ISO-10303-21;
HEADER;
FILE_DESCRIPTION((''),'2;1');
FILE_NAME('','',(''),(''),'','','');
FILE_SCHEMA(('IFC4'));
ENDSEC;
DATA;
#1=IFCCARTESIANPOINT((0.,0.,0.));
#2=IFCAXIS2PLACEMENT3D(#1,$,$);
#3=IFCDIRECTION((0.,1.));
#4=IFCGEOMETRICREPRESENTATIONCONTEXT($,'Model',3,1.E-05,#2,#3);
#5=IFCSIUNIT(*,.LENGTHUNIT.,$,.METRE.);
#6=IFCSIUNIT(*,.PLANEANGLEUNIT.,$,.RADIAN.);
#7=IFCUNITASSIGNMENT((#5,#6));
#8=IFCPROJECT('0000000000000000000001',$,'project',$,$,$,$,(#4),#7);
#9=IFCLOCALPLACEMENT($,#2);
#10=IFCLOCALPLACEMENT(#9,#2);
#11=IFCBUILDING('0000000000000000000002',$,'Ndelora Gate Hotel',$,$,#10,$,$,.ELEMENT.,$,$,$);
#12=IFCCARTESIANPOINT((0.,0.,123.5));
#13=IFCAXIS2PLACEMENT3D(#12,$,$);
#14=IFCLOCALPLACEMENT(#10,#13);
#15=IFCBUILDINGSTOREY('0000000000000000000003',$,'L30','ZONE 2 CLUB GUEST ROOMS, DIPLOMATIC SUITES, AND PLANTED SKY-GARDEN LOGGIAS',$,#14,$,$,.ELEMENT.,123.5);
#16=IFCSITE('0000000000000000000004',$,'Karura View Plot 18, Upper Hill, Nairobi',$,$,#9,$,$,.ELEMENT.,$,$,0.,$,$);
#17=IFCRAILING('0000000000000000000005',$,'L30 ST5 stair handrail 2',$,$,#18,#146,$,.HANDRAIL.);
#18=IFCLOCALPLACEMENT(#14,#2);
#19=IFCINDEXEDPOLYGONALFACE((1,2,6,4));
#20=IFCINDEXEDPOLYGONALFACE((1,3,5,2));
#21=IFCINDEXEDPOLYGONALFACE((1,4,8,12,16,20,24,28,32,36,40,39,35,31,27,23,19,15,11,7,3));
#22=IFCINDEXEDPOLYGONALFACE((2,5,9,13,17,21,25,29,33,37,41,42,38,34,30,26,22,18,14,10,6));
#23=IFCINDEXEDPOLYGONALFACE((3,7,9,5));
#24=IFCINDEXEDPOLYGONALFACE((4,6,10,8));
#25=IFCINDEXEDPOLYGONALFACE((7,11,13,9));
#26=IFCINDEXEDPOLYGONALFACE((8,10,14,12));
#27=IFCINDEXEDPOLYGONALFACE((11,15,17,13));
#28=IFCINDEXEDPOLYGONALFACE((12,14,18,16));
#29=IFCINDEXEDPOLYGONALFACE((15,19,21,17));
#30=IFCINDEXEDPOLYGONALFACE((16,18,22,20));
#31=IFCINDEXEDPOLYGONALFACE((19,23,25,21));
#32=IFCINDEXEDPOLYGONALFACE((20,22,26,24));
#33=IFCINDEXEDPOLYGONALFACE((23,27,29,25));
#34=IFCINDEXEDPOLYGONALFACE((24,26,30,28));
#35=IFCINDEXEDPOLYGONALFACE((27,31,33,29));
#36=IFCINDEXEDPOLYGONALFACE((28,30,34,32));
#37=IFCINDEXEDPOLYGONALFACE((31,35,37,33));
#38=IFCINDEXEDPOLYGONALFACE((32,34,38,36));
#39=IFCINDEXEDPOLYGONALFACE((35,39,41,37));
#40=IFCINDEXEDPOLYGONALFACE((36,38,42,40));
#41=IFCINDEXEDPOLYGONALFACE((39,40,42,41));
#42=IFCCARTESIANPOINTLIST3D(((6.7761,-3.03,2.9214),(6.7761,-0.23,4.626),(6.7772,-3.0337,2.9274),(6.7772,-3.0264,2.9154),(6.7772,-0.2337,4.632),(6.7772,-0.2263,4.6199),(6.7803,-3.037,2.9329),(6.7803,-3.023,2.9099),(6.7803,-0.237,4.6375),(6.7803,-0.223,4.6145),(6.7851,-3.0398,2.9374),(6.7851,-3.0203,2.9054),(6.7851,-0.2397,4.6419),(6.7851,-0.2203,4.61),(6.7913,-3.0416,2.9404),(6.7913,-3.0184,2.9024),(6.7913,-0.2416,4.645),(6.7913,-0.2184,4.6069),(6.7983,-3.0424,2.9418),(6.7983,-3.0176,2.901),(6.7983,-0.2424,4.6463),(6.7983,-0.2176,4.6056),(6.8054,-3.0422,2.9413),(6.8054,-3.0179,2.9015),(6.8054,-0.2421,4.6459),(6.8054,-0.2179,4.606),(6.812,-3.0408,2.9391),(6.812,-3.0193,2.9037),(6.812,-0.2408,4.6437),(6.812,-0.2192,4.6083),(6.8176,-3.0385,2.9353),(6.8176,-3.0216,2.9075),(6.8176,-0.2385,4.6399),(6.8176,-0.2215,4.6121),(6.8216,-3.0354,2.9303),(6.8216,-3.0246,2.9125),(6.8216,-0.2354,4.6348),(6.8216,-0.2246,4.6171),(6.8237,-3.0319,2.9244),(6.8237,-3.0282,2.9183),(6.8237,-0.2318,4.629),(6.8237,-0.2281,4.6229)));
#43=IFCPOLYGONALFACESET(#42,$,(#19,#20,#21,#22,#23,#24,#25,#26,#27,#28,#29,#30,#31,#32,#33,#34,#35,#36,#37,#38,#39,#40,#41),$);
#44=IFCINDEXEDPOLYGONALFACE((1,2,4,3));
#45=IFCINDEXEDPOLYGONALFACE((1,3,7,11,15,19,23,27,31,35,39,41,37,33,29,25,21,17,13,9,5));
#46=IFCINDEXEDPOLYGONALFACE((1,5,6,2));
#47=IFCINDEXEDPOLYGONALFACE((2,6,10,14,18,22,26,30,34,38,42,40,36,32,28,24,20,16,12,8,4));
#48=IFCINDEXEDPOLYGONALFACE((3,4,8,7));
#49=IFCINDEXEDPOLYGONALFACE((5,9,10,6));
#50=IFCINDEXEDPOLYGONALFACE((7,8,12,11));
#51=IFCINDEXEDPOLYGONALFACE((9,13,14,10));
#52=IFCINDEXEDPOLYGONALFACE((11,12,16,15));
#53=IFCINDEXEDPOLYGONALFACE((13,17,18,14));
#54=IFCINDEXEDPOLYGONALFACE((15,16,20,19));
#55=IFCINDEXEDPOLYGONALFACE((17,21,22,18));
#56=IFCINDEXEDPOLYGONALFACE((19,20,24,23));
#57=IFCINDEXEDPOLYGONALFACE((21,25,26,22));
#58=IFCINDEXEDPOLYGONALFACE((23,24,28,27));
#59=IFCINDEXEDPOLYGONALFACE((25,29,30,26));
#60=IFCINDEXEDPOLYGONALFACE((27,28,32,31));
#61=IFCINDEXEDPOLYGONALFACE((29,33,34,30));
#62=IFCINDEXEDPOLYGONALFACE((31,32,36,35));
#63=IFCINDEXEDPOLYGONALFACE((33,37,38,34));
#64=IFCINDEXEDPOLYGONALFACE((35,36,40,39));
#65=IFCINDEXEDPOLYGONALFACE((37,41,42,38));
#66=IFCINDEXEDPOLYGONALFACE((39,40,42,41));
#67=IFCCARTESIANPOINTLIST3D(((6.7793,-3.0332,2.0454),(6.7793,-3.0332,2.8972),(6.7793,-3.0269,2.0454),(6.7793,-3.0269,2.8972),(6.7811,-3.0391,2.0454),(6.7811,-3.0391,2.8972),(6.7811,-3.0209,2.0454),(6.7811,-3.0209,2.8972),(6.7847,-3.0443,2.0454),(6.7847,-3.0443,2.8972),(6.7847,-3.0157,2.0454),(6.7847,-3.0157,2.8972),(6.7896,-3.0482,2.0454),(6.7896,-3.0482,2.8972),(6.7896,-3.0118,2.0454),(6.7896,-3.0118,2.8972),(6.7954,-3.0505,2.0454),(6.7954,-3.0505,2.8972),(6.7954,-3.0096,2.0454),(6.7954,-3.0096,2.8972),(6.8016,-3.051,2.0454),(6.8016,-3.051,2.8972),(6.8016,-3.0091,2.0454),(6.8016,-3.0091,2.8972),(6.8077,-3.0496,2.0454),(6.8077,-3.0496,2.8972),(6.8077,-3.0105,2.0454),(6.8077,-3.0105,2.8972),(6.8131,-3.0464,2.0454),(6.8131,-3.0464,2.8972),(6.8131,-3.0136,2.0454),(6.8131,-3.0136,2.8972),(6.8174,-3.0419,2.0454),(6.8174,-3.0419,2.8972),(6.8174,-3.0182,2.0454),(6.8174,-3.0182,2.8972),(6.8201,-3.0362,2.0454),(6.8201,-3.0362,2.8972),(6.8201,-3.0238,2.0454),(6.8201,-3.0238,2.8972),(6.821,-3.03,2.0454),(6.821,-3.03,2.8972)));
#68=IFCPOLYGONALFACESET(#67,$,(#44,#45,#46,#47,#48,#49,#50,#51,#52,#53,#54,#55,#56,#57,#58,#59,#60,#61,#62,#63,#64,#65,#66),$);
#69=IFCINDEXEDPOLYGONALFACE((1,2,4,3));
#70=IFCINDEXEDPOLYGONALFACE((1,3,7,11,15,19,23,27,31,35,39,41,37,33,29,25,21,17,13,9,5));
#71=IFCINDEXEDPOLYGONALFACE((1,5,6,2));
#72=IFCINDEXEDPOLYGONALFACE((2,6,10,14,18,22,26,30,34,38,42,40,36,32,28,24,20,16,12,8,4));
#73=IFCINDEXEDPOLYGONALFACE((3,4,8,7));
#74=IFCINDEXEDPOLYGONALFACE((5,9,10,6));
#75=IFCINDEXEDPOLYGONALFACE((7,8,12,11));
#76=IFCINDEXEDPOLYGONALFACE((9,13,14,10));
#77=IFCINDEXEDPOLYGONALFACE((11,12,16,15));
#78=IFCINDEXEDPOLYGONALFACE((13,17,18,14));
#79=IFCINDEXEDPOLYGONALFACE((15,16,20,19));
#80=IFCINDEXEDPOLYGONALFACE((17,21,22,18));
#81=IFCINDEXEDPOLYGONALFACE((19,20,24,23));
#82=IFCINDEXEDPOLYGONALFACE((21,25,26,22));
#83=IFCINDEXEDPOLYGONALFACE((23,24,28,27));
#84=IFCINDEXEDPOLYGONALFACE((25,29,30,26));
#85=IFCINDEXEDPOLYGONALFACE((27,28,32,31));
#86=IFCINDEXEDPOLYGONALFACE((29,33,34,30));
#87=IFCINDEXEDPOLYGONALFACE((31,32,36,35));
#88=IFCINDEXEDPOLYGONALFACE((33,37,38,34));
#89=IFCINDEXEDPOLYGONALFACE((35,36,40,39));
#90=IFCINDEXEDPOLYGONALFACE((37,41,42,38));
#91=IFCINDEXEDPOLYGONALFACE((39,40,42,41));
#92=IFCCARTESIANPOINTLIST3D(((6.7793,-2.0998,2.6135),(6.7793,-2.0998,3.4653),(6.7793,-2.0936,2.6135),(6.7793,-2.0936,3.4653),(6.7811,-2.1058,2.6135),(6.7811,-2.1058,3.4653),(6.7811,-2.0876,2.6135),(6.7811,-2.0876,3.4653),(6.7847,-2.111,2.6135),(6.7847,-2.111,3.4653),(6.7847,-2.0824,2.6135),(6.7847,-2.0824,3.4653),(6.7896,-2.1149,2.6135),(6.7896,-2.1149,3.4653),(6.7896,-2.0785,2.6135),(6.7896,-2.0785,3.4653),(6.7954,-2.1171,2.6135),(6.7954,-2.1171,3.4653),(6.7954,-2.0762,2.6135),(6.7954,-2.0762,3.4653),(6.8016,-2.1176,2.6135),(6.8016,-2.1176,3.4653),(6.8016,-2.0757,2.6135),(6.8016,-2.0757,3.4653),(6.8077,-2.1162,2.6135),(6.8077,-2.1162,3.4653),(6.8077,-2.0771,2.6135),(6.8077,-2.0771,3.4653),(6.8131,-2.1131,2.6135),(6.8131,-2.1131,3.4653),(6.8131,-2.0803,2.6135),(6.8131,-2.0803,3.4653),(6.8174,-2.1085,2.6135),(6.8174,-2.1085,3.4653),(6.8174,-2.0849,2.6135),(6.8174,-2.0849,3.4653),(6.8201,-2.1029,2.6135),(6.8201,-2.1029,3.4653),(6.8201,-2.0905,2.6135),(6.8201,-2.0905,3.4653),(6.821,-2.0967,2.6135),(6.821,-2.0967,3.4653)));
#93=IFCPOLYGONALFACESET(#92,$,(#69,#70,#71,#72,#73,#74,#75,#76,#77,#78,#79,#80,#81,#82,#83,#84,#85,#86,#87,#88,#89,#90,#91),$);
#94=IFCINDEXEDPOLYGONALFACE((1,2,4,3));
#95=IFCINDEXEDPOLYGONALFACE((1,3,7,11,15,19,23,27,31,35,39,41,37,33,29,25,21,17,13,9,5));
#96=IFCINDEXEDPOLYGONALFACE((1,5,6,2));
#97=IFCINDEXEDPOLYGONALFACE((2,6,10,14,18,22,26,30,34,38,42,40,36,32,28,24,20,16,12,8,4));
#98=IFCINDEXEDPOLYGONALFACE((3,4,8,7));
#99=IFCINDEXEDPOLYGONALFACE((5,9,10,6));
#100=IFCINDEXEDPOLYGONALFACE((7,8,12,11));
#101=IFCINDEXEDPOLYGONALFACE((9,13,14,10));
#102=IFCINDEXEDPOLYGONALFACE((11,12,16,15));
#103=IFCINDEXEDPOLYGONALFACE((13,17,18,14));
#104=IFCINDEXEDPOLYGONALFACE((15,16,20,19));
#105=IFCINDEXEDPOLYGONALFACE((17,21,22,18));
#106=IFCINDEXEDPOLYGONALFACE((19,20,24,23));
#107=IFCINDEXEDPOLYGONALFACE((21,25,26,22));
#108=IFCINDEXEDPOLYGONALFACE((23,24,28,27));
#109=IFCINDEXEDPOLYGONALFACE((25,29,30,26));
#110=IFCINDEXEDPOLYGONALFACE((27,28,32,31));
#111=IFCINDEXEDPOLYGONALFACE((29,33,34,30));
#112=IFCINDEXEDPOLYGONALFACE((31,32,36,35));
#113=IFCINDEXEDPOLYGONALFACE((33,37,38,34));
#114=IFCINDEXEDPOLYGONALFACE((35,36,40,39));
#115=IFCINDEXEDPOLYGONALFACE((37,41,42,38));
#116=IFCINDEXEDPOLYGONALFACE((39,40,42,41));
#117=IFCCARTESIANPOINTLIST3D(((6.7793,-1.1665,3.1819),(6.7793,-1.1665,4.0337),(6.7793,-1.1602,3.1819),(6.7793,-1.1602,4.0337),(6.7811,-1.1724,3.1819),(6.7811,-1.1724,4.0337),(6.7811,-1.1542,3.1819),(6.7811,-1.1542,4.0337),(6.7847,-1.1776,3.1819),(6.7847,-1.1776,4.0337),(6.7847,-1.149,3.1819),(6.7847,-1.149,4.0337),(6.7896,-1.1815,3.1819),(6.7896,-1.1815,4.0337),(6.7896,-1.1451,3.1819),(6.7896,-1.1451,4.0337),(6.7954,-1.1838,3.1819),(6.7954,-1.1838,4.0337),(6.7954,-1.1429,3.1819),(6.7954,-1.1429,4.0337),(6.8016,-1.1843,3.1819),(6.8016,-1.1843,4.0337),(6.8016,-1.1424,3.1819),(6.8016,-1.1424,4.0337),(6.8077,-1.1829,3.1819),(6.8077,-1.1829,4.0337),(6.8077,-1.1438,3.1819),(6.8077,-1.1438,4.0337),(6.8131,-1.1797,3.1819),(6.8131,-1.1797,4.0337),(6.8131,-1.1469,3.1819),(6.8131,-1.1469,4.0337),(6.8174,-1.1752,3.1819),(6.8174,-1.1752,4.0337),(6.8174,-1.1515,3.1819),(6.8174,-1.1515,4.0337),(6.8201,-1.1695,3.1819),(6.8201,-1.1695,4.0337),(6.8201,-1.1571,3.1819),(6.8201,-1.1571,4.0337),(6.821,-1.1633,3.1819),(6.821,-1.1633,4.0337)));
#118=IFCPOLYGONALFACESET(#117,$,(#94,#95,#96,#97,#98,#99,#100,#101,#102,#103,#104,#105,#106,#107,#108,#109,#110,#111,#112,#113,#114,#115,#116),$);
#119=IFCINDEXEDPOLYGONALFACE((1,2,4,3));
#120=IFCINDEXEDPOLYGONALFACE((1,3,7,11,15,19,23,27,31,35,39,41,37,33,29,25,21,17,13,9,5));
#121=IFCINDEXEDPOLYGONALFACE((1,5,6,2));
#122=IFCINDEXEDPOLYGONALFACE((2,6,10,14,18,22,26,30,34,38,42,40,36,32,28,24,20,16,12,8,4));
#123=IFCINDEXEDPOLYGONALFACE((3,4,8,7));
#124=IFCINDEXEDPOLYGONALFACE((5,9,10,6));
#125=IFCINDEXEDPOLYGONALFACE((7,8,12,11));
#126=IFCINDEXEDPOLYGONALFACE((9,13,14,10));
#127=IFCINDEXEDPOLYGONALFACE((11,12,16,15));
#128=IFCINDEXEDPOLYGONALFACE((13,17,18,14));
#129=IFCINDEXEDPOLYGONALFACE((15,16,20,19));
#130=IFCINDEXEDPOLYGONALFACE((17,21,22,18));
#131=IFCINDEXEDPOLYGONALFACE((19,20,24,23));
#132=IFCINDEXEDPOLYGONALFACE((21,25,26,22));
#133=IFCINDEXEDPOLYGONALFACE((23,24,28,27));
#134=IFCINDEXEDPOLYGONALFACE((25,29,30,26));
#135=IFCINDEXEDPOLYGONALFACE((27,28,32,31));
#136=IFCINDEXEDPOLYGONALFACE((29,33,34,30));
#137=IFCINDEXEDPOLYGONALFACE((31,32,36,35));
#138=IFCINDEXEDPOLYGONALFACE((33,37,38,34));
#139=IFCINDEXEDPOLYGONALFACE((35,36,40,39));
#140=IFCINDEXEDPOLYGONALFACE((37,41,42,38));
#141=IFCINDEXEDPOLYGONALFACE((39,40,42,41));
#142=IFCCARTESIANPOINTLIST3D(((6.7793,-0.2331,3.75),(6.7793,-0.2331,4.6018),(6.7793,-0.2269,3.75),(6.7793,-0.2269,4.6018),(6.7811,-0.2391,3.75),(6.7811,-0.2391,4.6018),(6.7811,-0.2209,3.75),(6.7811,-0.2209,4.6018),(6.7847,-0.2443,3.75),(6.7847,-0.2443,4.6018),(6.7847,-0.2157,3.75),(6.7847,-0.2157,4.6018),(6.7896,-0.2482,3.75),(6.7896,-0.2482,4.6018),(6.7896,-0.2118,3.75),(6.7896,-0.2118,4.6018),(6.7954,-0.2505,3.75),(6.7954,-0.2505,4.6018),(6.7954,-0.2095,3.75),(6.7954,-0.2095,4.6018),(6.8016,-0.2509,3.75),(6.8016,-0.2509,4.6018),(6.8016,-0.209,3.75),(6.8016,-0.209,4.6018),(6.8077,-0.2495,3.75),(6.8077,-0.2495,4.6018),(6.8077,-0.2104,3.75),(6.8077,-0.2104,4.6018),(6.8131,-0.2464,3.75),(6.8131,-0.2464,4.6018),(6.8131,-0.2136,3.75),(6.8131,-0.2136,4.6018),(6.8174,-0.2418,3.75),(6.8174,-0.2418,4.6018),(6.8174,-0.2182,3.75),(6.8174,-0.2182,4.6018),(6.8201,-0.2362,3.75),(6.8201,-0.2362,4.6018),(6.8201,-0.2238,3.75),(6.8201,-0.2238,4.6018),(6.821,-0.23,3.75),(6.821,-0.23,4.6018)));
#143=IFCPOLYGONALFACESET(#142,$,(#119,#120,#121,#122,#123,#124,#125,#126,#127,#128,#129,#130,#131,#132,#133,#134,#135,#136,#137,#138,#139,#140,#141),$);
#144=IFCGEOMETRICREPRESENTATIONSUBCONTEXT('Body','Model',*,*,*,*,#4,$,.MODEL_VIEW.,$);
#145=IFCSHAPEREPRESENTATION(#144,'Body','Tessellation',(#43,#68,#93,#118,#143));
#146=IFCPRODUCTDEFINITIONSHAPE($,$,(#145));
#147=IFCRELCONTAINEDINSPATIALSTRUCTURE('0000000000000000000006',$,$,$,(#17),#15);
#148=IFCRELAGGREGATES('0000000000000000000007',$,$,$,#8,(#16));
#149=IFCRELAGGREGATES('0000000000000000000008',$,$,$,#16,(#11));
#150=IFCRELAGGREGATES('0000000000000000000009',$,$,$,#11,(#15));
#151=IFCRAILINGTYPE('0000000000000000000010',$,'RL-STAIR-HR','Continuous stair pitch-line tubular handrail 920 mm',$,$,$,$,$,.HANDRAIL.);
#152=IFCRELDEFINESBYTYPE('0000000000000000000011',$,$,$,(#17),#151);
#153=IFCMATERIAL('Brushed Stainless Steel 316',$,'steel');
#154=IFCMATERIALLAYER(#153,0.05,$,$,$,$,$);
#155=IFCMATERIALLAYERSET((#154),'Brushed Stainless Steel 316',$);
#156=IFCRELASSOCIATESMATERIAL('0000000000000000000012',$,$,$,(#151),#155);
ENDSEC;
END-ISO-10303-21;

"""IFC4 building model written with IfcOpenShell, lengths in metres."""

from ifc_helpers import new_model, si_unit, direction, frame, origin, origin_2d, place, context, subcontext, project, spatial, circle, extrude, material, layer, layer_set, type_object, element, save


model = new_model("IFC4")

# Units and contexts
model_context = context("Model", 3, precision=1e-05, world=origin(), true_north=direction((0.0, 1.0)))
body_context = subcontext(model_context, "Body", "Model", "MODEL_VIEW")
ifc_project = project(units=[si_unit("LENGTHUNIT", "METRE"), si_unit("PLANEANGLEUNIT", "RADIAN")], contexts=[model_context])

# Site, building, storey
site_placement = place(None, origin())
site = spatial("IfcSite", under=ifc_project, at=site_placement, Name="Karura View Plot 18, Upper Hill, Nairobi", CompositionType="ELEMENT", RefElevation=0.0)
building_placement = place(site_placement, origin())
building = spatial("IfcBuilding", under=site, at=building_placement, Name="Ndelora Gate Hotel", CompositionType="ELEMENT")
storey_placement = place(building_placement, frame((0.0, 0.0, 123.5)))
storey = spatial("IfcBuildingStorey", under=building, at=storey_placement, Name="L30", Description="ZONE 2 CLUB GUEST ROOMS, DIPLOMATIC SUITES, AND PLANTED SKY-GARDEN LOGGIAS", CompositionType="ELEMENT", Elevation=123.5)

# Railing
ifc_material_1 = material(Name="Brushed Stainless Steel 316", Category="steel")
ifc_layer_1 = layer(ifc_material_1, 0.05)
ifc_layer_set_1 = layer_set([ifc_layer_1], Name="Brushed Stainless Steel 316")
railing_type_1 = type_object("IfcRailingType", Name="RL-STAIR-HR", Description="Continuous stair pitch-line tubular handrail 920 mm", PredefinedType="HANDRAIL", material=ifc_layer_set_1)
railing_1_placement = place(storey_placement, frame((6.8, -3.03, 2.0454)))
element("IfcRailing", 1, at=railing_1_placement, inside=storey, type_object=railing_type_1, Name="L30 ST5 stair handrail 2", PredefinedType="HANDRAIL", context=body_context, shape_type="SweptSolid", body=[
    extrude(circle(Radius=0.0239, at=origin_2d()), frame((0.0, 0.0, 0.876), z_axis=(0.0, 0.85417, 0.519994), x_axis=(-1.0, 0.0, 0.0)), (0.0, 0.0, 1.0), 3.2781),
    extrude(circle(Radius=0.021, at=origin_2d()), origin(), (0.0, 0.0, 1.0), 0.8518),
    extrude(circle(Radius=0.021, at=origin_2d()), frame((0.0, 0.9333, 0.5681)), (0.0, 0.0, 1.0), 0.8518),
    extrude(circle(Radius=0.021, at=origin_2d()), frame((0.0, 1.8667, 1.1365)), (0.0, 0.0, 1.0), 0.8518),
    extrude(circle(Radius=0.021, at=origin_2d()), frame((0.0, 2.8, 1.7046)), (0.0, 0.0, 1.0), 0.8518),
])

save(model, "model.ifc")
